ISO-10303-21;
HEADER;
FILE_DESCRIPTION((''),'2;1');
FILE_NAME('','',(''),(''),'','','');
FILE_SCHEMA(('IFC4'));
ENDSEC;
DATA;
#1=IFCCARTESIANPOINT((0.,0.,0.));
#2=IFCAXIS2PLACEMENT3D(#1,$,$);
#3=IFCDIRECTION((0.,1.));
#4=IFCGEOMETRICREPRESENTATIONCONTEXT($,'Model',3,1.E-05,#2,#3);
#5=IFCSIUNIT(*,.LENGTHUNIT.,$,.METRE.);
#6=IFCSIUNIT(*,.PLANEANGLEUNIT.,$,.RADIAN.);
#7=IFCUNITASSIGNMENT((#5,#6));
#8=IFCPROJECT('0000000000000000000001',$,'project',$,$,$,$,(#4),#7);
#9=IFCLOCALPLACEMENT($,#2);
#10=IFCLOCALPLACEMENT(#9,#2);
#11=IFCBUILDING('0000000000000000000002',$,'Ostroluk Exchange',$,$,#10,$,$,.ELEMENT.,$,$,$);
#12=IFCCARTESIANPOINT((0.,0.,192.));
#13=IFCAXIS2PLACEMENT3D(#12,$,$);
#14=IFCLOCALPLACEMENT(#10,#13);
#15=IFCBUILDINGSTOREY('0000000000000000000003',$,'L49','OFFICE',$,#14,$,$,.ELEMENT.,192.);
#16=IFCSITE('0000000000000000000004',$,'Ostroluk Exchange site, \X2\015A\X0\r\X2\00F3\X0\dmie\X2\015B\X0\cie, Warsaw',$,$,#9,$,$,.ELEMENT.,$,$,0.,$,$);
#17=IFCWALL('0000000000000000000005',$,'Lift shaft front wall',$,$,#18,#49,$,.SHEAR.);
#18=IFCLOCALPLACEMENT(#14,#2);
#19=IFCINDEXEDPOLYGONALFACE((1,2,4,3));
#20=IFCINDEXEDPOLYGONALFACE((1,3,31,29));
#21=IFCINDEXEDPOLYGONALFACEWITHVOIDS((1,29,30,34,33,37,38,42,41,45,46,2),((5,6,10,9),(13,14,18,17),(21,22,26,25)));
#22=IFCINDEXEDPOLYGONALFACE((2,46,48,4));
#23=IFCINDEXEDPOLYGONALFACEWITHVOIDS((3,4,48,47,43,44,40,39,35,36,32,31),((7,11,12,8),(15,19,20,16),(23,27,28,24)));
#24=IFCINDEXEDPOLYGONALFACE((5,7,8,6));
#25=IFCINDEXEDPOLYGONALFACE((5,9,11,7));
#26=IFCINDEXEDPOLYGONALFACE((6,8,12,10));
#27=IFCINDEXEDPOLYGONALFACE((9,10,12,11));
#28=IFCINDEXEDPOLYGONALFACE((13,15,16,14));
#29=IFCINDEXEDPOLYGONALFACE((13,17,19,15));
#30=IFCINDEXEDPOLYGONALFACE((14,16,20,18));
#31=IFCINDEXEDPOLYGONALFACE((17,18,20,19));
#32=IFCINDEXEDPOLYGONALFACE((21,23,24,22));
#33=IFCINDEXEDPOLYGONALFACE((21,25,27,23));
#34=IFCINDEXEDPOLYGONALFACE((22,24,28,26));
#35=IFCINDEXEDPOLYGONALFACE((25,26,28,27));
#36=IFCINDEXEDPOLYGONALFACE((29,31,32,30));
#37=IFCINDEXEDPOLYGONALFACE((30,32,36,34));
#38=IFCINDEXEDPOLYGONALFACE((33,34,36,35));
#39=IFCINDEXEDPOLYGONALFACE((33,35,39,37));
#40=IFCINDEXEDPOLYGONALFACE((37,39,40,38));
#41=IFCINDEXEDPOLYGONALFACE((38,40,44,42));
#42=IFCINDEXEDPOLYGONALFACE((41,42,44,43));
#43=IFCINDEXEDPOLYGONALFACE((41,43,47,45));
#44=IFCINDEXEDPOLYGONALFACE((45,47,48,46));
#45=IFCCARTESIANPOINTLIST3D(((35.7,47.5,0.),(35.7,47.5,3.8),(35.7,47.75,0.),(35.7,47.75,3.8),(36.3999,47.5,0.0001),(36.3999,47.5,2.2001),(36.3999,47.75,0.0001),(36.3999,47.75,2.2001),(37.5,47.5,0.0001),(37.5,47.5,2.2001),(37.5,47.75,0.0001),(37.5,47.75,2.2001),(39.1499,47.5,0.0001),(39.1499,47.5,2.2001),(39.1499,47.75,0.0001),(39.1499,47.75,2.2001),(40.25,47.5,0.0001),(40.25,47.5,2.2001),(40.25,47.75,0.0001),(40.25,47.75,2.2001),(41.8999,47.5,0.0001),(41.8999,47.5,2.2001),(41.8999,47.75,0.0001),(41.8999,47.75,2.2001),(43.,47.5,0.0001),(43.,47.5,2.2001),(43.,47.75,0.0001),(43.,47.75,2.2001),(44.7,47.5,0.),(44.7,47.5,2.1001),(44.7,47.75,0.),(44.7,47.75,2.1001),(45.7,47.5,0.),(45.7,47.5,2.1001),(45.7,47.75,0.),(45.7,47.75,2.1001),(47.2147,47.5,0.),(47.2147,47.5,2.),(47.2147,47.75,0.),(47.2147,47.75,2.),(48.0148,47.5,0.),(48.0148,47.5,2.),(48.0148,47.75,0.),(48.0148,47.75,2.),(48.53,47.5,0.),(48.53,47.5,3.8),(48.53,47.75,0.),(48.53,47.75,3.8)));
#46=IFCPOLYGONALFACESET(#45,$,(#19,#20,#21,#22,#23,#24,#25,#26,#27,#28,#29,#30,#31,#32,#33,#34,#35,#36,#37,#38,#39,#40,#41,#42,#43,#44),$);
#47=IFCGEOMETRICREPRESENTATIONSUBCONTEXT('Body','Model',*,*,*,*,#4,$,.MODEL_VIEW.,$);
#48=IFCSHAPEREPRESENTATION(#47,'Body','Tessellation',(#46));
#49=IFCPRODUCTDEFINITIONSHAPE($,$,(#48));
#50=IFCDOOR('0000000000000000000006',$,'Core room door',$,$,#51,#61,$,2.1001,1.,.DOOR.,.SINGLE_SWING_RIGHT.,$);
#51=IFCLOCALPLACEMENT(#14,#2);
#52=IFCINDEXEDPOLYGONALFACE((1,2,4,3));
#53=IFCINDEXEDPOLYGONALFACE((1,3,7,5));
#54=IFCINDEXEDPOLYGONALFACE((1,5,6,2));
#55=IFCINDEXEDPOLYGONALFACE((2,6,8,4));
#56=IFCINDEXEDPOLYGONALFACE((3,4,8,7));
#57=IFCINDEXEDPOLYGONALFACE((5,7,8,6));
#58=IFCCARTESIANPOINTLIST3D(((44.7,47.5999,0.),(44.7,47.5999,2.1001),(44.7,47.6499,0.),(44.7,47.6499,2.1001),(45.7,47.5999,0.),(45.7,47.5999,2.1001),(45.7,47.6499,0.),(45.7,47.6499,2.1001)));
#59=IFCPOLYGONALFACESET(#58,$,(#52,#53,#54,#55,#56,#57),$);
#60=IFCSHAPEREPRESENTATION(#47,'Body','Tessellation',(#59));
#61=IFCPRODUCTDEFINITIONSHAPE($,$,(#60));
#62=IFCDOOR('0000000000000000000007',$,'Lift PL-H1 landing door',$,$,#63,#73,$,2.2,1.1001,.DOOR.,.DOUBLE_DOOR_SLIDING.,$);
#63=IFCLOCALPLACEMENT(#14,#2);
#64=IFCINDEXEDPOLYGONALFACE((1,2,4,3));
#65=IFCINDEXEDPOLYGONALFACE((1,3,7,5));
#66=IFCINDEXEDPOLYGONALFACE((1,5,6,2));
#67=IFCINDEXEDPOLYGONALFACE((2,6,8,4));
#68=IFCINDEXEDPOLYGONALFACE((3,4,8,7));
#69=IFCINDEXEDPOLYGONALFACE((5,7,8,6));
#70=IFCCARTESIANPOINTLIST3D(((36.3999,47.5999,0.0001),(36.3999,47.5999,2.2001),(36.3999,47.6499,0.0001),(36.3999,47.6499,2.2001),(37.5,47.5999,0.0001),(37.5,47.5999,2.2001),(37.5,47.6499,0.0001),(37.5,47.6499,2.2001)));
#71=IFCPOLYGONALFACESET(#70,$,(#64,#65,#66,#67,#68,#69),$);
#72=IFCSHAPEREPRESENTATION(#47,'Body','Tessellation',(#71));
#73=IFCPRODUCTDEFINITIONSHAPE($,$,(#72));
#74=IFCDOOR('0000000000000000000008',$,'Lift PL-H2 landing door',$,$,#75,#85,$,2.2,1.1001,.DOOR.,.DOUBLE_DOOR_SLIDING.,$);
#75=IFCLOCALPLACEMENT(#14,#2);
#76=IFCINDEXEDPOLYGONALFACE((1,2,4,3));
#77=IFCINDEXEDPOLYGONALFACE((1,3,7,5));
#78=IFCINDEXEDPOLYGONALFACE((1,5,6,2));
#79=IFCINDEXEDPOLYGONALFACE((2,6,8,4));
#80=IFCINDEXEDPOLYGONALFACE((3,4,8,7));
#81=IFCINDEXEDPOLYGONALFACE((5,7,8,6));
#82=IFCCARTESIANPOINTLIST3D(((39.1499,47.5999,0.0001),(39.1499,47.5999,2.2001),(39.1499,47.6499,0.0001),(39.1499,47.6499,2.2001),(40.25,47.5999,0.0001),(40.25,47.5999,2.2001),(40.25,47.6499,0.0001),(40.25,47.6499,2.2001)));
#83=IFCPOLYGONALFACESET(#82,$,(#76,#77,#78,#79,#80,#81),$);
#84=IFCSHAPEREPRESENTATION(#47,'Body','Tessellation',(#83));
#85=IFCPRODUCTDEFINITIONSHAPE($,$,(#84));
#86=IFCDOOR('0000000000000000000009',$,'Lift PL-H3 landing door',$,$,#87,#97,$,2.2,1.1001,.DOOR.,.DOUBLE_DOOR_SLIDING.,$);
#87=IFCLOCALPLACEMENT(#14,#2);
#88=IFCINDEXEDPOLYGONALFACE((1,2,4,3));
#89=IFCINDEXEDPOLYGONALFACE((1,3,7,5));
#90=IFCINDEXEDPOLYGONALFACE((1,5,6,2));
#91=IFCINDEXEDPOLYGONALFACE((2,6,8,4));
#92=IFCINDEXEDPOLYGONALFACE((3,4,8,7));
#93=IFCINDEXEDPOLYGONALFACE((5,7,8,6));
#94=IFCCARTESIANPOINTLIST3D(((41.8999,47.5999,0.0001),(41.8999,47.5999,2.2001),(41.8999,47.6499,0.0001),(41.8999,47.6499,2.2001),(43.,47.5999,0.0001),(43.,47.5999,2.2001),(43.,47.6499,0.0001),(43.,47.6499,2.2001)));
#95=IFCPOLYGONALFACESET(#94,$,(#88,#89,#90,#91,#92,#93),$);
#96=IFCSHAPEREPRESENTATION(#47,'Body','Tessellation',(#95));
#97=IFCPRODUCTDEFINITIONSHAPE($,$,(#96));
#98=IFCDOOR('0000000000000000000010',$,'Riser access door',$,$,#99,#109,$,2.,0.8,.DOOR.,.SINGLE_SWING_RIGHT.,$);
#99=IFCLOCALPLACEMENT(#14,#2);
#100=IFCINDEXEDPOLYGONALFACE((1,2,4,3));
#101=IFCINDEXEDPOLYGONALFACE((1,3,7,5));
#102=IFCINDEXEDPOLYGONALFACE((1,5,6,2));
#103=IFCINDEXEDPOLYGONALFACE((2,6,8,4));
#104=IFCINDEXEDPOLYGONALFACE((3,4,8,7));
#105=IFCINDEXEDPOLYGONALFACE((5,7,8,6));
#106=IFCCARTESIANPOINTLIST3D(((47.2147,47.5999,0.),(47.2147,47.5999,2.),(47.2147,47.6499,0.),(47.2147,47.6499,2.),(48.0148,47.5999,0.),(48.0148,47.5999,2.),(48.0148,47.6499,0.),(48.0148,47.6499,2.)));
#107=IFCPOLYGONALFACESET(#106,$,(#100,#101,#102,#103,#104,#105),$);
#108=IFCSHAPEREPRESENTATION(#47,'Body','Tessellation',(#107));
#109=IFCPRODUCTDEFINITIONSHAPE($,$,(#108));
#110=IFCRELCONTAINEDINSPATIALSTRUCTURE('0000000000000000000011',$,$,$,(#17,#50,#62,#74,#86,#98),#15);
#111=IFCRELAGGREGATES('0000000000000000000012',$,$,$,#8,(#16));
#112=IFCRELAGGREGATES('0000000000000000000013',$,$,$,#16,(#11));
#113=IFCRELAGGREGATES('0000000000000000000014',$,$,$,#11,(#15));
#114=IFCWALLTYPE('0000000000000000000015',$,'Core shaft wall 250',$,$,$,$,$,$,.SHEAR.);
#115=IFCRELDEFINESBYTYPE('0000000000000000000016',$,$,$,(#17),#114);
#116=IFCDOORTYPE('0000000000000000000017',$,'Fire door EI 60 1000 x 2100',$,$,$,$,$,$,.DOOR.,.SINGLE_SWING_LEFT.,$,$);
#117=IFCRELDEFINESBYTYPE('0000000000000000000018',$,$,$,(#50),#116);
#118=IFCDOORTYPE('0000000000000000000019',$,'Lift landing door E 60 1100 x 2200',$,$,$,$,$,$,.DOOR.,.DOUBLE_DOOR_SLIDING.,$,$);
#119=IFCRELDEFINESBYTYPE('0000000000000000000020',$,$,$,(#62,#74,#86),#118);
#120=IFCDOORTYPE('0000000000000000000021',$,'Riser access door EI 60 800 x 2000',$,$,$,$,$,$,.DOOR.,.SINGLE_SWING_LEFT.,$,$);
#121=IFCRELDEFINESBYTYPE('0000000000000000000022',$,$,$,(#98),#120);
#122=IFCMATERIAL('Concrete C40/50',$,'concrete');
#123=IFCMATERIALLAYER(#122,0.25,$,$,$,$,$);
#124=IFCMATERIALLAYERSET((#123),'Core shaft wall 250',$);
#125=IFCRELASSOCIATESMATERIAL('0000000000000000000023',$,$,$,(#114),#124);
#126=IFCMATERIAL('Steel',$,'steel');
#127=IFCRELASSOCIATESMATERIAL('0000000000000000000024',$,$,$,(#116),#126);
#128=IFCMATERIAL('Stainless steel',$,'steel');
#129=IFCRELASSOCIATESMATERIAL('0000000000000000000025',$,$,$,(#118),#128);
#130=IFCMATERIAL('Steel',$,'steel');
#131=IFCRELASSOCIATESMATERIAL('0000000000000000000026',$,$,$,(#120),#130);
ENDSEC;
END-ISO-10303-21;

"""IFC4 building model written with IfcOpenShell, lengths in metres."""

from ifc_helpers import new_model, si_unit, direction, frame, frame_2d, origin, place, context, subcontext, project, spatial, rectangle, extrude, material, layer, layer_set, type_object, element, fill, save


model = new_model("IFC4")

# Units and contexts
model_context = context("Model", 3, precision=1e-05, world=origin(), true_north=direction((0.0, 1.0)))
body_context = subcontext(model_context, "Body", "Model", "MODEL_VIEW")
ifc_project = project(units=[si_unit("LENGTHUNIT", "METRE"), si_unit("PLANEANGLEUNIT", "RADIAN")], contexts=[model_context])

# Site, building, storey
site_placement = place(None, origin())
site = spatial("IfcSite", under=ifc_project, at=site_placement, Name="Ostroluk Exchange site, Śródmieście, Warsaw", CompositionType="ELEMENT", RefElevation=0.0)
building_placement = place(site_placement, origin())
building = spatial("IfcBuilding", under=site, at=building_placement, Name="Ostroluk Exchange", CompositionType="ELEMENT")
storey_placement = place(building_placement, frame((0.0, 0.0, 192.0)))
storey = spatial("IfcBuildingStorey", under=building, at=storey_placement, Name="L49", Description="OFFICE", CompositionType="ELEMENT", Elevation=192.0)

# Shared definitions
ifc_material_1 = material(Name="Concrete C40/50", Category="concrete")
ifc_layer_1 = layer(ifc_material_1, 0.25)
ifc_layer_set_1 = layer_set([ifc_layer_1], Name="Core shaft wall 250")
wall_type_1 = type_object("IfcWallType", Name="Core shaft wall 250", PredefinedType="SHEAR", material=ifc_layer_set_1)

# Wall, openings, doors
wall_1_placement = place(storey_placement, frame((35.7, 47.625, 0.0), z_axis=(0.0, 0.0, 1.0), x_axis=(1.0, 0.0, 0.0)))
wall_1 = element("IfcWall", 1, at=wall_1_placement, inside=storey, type_object=wall_type_1, Name="Lift shaft front wall", PredefinedType="SHEAR", context=body_context, shape_type="SweptSolid", body=[
    extrude(rectangle(XDim=12.8301, YDim=0.25, at=frame_2d((6.415, 0.0))), origin(), (0.0, 0.0, 1.0), 3.8),
])
opening_1_placement = place(wall_1_placement, frame((0.7, 0.0, 0.0)))
opening_1 = element("IfcOpeningElement", 2, at=opening_1_placement, cuts=wall_1, PredefinedType="OPENING", context=body_context, shape_type="SweptSolid", body=[
    extrude(rectangle(XDim=1.1001, YDim=2.2, at=frame_2d((0.55, 1.1001))), frame((0.0, 0.135, 0.0), z_axis=(0.0, -1.0, 0.0), x_axis=(1.0, 0.0, 0.0)), (0.0, 0.0, 1.0), 0.27),
])
opening_2_placement = place(wall_1_placement, frame((3.45, 0.0, 0.0)))
opening_2 = element("IfcOpeningElement", 3, at=opening_2_placement, cuts=wall_1, PredefinedType="OPENING", context=body_context, shape_type="SweptSolid", body=[
    extrude(rectangle(XDim=1.1001, YDim=2.2, at=frame_2d((0.55, 1.1001))), frame((0.0, 0.135, 0.0), z_axis=(0.0, -1.0, 0.0), x_axis=(1.0, 0.0, 0.0)), (0.0, 0.0, 1.0), 0.27),
])
opening_3_placement = place(wall_1_placement, frame((6.2, 0.0, 0.0)))
opening_3 = element("IfcOpeningElement", 4, at=opening_3_placement, cuts=wall_1, PredefinedType="OPENING", context=body_context, shape_type="SweptSolid", body=[
    extrude(rectangle(XDim=1.1001, YDim=2.2, at=frame_2d((0.55, 1.1001))), frame((0.0, 0.135, 0.0), z_axis=(0.0, -1.0, 0.0), x_axis=(1.0, 0.0, 0.0)), (0.0, 0.0, 1.0), 0.27),
])
opening_4_placement = place(wall_1_placement, frame((9.0, 0.0, 0.0)))
opening_4 = element("IfcOpeningElement", 5, at=opening_4_placement, cuts=wall_1, PredefinedType="OPENING", context=body_context, shape_type="SweptSolid", body=[
    extrude(rectangle(XDim=1.0, YDim=2.1001, at=frame_2d((0.5, 1.05))), frame((0.0, 0.135, 0.0), z_axis=(0.0, -1.0, 0.0), x_axis=(1.0, 0.0, 0.0)), (0.0, 0.0, 1.0), 0.27),
])
opening_5_placement = place(wall_1_placement, frame((11.5149, 0.0, 0.0)))
opening_5 = element("IfcOpeningElement", 6, at=opening_5_placement, cuts=wall_1, PredefinedType="OPENING", context=body_context, shape_type="SweptSolid", body=[
    extrude(rectangle(XDim=0.8, YDim=2.0, at=frame_2d((0.3999, 1.0))), frame((0.0, 0.135, 0.0), z_axis=(0.0, -1.0, 0.0), x_axis=(1.0, 0.0, 0.0)), (0.0, 0.0, 1.0), 0.27),
])
ifc_material_2 = material(Name="Steel", Category="steel")
door_type_1 = type_object("IfcDoorType", Name="Fire door EI 60 1000 x 2100", OperationType="SINGLE_SWING_LEFT", PredefinedType="DOOR", material=ifc_material_2)
door_1_placement = place(opening_4_placement, origin())
door_1 = element("IfcDoor", 7, at=door_1_placement, inside=storey, type_object=door_type_1, Name="Core room door", OperationType="SINGLE_SWING_RIGHT", OverallHeight=2.1001, OverallWidth=1.0, PredefinedType="DOOR", context=body_context, shape_type="SweptSolid", body=[
    extrude(rectangle(XDim=1.0, YDim=2.1001, at=frame_2d((0.5, 1.05))), frame((0.0, 0.0249, 0.0), z_axis=(0.0, -1.0, 0.0), x_axis=(1.0, 0.0, 0.0)), (0.0, 0.0, 1.0), 0.05),
])
fill(opening_4, door_1)
ifc_material_3 = material(Name="Stainless steel", Category="steel")
door_type_2 = type_object("IfcDoorType", Name="Lift landing door E 60 1100 x 2200", OperationType="DOUBLE_DOOR_SLIDING", PredefinedType="DOOR", material=ifc_material_3)
door_2_placement = place(opening_1_placement, origin())
door_2 = element("IfcDoor", 8, at=door_2_placement, inside=storey, type_object=door_type_2, Name="Lift PL-H1 landing door", OperationType="DOUBLE_DOOR_SLIDING", OverallHeight=2.2, OverallWidth=1.1001, PredefinedType="DOOR", context=body_context, shape_type="SweptSolid", body=[
    extrude(rectangle(XDim=1.1001, YDim=2.2, at=frame_2d((0.55, 1.1001))), frame((0.0, 0.0249, 0.0), z_axis=(0.0, -1.0, 0.0), x_axis=(1.0, 0.0, 0.0)), (0.0, 0.0, 1.0), 0.05),
])
fill(opening_1, door_2)
door_3_placement = place(opening_2_placement, origin())
door_3 = element("IfcDoor", 9, at=door_3_placement, inside=storey, type_object=door_type_2, Name="Lift PL-H2 landing door", OperationType="DOUBLE_DOOR_SLIDING", OverallHeight=2.2, OverallWidth=1.1001, PredefinedType="DOOR", context=body_context, shape_type="SweptSolid", body=[
    extrude(rectangle(XDim=1.1001, YDim=2.2, at=frame_2d((0.55, 1.1001))), frame((0.0, 0.0249, 0.0), z_axis=(0.0, -1.0, 0.0), x_axis=(1.0, 0.0, 0.0)), (0.0, 0.0, 1.0), 0.05),
])
fill(opening_2, door_3)
door_4_placement = place(opening_3_placement, origin())
door_4 = element("IfcDoor", 10, at=door_4_placement, inside=storey, type_object=door_type_2, Name="Lift PL-H3 landing door", OperationType="DOUBLE_DOOR_SLIDING", OverallHeight=2.2, OverallWidth=1.1001, PredefinedType="DOOR", context=body_context, shape_type="SweptSolid", body=[
    extrude(rectangle(XDim=1.1001, YDim=2.2, at=frame_2d((0.55, 1.1001))), frame((0.0, 0.0249, 0.0), z_axis=(0.0, -1.0, 0.0), x_axis=(1.0, 0.0, 0.0)), (0.0, 0.0, 1.0), 0.05),
])
fill(opening_3, door_4)
ifc_material_4 = material(Name="Steel", Category="steel")
door_type_3 = type_object("IfcDoorType", Name="Riser access door EI 60 800 x 2000", OperationType="SINGLE_SWING_LEFT", PredefinedType="DOOR", material=ifc_material_4)
door_5_placement = place(opening_5_placement, origin())
door_5 = element("IfcDoor", 11, at=door_5_placement, inside=storey, type_object=door_type_3, Name="Riser access door", OperationType="SINGLE_SWING_RIGHT", OverallHeight=2.0, OverallWidth=0.8, PredefinedType="DOOR", context=body_context, shape_type="SweptSolid", body=[
    extrude(rectangle(XDim=0.8, YDim=2.0, at=frame_2d((0.3999, 1.0))), frame((0.0, 0.0249, 0.0), z_axis=(0.0, -1.0, 0.0), x_axis=(1.0, 0.0, 0.0)), (0.0, 0.0, 1.0), 0.05),
])
fill(opening_5, door_5)

save(model, "model.ifc")
